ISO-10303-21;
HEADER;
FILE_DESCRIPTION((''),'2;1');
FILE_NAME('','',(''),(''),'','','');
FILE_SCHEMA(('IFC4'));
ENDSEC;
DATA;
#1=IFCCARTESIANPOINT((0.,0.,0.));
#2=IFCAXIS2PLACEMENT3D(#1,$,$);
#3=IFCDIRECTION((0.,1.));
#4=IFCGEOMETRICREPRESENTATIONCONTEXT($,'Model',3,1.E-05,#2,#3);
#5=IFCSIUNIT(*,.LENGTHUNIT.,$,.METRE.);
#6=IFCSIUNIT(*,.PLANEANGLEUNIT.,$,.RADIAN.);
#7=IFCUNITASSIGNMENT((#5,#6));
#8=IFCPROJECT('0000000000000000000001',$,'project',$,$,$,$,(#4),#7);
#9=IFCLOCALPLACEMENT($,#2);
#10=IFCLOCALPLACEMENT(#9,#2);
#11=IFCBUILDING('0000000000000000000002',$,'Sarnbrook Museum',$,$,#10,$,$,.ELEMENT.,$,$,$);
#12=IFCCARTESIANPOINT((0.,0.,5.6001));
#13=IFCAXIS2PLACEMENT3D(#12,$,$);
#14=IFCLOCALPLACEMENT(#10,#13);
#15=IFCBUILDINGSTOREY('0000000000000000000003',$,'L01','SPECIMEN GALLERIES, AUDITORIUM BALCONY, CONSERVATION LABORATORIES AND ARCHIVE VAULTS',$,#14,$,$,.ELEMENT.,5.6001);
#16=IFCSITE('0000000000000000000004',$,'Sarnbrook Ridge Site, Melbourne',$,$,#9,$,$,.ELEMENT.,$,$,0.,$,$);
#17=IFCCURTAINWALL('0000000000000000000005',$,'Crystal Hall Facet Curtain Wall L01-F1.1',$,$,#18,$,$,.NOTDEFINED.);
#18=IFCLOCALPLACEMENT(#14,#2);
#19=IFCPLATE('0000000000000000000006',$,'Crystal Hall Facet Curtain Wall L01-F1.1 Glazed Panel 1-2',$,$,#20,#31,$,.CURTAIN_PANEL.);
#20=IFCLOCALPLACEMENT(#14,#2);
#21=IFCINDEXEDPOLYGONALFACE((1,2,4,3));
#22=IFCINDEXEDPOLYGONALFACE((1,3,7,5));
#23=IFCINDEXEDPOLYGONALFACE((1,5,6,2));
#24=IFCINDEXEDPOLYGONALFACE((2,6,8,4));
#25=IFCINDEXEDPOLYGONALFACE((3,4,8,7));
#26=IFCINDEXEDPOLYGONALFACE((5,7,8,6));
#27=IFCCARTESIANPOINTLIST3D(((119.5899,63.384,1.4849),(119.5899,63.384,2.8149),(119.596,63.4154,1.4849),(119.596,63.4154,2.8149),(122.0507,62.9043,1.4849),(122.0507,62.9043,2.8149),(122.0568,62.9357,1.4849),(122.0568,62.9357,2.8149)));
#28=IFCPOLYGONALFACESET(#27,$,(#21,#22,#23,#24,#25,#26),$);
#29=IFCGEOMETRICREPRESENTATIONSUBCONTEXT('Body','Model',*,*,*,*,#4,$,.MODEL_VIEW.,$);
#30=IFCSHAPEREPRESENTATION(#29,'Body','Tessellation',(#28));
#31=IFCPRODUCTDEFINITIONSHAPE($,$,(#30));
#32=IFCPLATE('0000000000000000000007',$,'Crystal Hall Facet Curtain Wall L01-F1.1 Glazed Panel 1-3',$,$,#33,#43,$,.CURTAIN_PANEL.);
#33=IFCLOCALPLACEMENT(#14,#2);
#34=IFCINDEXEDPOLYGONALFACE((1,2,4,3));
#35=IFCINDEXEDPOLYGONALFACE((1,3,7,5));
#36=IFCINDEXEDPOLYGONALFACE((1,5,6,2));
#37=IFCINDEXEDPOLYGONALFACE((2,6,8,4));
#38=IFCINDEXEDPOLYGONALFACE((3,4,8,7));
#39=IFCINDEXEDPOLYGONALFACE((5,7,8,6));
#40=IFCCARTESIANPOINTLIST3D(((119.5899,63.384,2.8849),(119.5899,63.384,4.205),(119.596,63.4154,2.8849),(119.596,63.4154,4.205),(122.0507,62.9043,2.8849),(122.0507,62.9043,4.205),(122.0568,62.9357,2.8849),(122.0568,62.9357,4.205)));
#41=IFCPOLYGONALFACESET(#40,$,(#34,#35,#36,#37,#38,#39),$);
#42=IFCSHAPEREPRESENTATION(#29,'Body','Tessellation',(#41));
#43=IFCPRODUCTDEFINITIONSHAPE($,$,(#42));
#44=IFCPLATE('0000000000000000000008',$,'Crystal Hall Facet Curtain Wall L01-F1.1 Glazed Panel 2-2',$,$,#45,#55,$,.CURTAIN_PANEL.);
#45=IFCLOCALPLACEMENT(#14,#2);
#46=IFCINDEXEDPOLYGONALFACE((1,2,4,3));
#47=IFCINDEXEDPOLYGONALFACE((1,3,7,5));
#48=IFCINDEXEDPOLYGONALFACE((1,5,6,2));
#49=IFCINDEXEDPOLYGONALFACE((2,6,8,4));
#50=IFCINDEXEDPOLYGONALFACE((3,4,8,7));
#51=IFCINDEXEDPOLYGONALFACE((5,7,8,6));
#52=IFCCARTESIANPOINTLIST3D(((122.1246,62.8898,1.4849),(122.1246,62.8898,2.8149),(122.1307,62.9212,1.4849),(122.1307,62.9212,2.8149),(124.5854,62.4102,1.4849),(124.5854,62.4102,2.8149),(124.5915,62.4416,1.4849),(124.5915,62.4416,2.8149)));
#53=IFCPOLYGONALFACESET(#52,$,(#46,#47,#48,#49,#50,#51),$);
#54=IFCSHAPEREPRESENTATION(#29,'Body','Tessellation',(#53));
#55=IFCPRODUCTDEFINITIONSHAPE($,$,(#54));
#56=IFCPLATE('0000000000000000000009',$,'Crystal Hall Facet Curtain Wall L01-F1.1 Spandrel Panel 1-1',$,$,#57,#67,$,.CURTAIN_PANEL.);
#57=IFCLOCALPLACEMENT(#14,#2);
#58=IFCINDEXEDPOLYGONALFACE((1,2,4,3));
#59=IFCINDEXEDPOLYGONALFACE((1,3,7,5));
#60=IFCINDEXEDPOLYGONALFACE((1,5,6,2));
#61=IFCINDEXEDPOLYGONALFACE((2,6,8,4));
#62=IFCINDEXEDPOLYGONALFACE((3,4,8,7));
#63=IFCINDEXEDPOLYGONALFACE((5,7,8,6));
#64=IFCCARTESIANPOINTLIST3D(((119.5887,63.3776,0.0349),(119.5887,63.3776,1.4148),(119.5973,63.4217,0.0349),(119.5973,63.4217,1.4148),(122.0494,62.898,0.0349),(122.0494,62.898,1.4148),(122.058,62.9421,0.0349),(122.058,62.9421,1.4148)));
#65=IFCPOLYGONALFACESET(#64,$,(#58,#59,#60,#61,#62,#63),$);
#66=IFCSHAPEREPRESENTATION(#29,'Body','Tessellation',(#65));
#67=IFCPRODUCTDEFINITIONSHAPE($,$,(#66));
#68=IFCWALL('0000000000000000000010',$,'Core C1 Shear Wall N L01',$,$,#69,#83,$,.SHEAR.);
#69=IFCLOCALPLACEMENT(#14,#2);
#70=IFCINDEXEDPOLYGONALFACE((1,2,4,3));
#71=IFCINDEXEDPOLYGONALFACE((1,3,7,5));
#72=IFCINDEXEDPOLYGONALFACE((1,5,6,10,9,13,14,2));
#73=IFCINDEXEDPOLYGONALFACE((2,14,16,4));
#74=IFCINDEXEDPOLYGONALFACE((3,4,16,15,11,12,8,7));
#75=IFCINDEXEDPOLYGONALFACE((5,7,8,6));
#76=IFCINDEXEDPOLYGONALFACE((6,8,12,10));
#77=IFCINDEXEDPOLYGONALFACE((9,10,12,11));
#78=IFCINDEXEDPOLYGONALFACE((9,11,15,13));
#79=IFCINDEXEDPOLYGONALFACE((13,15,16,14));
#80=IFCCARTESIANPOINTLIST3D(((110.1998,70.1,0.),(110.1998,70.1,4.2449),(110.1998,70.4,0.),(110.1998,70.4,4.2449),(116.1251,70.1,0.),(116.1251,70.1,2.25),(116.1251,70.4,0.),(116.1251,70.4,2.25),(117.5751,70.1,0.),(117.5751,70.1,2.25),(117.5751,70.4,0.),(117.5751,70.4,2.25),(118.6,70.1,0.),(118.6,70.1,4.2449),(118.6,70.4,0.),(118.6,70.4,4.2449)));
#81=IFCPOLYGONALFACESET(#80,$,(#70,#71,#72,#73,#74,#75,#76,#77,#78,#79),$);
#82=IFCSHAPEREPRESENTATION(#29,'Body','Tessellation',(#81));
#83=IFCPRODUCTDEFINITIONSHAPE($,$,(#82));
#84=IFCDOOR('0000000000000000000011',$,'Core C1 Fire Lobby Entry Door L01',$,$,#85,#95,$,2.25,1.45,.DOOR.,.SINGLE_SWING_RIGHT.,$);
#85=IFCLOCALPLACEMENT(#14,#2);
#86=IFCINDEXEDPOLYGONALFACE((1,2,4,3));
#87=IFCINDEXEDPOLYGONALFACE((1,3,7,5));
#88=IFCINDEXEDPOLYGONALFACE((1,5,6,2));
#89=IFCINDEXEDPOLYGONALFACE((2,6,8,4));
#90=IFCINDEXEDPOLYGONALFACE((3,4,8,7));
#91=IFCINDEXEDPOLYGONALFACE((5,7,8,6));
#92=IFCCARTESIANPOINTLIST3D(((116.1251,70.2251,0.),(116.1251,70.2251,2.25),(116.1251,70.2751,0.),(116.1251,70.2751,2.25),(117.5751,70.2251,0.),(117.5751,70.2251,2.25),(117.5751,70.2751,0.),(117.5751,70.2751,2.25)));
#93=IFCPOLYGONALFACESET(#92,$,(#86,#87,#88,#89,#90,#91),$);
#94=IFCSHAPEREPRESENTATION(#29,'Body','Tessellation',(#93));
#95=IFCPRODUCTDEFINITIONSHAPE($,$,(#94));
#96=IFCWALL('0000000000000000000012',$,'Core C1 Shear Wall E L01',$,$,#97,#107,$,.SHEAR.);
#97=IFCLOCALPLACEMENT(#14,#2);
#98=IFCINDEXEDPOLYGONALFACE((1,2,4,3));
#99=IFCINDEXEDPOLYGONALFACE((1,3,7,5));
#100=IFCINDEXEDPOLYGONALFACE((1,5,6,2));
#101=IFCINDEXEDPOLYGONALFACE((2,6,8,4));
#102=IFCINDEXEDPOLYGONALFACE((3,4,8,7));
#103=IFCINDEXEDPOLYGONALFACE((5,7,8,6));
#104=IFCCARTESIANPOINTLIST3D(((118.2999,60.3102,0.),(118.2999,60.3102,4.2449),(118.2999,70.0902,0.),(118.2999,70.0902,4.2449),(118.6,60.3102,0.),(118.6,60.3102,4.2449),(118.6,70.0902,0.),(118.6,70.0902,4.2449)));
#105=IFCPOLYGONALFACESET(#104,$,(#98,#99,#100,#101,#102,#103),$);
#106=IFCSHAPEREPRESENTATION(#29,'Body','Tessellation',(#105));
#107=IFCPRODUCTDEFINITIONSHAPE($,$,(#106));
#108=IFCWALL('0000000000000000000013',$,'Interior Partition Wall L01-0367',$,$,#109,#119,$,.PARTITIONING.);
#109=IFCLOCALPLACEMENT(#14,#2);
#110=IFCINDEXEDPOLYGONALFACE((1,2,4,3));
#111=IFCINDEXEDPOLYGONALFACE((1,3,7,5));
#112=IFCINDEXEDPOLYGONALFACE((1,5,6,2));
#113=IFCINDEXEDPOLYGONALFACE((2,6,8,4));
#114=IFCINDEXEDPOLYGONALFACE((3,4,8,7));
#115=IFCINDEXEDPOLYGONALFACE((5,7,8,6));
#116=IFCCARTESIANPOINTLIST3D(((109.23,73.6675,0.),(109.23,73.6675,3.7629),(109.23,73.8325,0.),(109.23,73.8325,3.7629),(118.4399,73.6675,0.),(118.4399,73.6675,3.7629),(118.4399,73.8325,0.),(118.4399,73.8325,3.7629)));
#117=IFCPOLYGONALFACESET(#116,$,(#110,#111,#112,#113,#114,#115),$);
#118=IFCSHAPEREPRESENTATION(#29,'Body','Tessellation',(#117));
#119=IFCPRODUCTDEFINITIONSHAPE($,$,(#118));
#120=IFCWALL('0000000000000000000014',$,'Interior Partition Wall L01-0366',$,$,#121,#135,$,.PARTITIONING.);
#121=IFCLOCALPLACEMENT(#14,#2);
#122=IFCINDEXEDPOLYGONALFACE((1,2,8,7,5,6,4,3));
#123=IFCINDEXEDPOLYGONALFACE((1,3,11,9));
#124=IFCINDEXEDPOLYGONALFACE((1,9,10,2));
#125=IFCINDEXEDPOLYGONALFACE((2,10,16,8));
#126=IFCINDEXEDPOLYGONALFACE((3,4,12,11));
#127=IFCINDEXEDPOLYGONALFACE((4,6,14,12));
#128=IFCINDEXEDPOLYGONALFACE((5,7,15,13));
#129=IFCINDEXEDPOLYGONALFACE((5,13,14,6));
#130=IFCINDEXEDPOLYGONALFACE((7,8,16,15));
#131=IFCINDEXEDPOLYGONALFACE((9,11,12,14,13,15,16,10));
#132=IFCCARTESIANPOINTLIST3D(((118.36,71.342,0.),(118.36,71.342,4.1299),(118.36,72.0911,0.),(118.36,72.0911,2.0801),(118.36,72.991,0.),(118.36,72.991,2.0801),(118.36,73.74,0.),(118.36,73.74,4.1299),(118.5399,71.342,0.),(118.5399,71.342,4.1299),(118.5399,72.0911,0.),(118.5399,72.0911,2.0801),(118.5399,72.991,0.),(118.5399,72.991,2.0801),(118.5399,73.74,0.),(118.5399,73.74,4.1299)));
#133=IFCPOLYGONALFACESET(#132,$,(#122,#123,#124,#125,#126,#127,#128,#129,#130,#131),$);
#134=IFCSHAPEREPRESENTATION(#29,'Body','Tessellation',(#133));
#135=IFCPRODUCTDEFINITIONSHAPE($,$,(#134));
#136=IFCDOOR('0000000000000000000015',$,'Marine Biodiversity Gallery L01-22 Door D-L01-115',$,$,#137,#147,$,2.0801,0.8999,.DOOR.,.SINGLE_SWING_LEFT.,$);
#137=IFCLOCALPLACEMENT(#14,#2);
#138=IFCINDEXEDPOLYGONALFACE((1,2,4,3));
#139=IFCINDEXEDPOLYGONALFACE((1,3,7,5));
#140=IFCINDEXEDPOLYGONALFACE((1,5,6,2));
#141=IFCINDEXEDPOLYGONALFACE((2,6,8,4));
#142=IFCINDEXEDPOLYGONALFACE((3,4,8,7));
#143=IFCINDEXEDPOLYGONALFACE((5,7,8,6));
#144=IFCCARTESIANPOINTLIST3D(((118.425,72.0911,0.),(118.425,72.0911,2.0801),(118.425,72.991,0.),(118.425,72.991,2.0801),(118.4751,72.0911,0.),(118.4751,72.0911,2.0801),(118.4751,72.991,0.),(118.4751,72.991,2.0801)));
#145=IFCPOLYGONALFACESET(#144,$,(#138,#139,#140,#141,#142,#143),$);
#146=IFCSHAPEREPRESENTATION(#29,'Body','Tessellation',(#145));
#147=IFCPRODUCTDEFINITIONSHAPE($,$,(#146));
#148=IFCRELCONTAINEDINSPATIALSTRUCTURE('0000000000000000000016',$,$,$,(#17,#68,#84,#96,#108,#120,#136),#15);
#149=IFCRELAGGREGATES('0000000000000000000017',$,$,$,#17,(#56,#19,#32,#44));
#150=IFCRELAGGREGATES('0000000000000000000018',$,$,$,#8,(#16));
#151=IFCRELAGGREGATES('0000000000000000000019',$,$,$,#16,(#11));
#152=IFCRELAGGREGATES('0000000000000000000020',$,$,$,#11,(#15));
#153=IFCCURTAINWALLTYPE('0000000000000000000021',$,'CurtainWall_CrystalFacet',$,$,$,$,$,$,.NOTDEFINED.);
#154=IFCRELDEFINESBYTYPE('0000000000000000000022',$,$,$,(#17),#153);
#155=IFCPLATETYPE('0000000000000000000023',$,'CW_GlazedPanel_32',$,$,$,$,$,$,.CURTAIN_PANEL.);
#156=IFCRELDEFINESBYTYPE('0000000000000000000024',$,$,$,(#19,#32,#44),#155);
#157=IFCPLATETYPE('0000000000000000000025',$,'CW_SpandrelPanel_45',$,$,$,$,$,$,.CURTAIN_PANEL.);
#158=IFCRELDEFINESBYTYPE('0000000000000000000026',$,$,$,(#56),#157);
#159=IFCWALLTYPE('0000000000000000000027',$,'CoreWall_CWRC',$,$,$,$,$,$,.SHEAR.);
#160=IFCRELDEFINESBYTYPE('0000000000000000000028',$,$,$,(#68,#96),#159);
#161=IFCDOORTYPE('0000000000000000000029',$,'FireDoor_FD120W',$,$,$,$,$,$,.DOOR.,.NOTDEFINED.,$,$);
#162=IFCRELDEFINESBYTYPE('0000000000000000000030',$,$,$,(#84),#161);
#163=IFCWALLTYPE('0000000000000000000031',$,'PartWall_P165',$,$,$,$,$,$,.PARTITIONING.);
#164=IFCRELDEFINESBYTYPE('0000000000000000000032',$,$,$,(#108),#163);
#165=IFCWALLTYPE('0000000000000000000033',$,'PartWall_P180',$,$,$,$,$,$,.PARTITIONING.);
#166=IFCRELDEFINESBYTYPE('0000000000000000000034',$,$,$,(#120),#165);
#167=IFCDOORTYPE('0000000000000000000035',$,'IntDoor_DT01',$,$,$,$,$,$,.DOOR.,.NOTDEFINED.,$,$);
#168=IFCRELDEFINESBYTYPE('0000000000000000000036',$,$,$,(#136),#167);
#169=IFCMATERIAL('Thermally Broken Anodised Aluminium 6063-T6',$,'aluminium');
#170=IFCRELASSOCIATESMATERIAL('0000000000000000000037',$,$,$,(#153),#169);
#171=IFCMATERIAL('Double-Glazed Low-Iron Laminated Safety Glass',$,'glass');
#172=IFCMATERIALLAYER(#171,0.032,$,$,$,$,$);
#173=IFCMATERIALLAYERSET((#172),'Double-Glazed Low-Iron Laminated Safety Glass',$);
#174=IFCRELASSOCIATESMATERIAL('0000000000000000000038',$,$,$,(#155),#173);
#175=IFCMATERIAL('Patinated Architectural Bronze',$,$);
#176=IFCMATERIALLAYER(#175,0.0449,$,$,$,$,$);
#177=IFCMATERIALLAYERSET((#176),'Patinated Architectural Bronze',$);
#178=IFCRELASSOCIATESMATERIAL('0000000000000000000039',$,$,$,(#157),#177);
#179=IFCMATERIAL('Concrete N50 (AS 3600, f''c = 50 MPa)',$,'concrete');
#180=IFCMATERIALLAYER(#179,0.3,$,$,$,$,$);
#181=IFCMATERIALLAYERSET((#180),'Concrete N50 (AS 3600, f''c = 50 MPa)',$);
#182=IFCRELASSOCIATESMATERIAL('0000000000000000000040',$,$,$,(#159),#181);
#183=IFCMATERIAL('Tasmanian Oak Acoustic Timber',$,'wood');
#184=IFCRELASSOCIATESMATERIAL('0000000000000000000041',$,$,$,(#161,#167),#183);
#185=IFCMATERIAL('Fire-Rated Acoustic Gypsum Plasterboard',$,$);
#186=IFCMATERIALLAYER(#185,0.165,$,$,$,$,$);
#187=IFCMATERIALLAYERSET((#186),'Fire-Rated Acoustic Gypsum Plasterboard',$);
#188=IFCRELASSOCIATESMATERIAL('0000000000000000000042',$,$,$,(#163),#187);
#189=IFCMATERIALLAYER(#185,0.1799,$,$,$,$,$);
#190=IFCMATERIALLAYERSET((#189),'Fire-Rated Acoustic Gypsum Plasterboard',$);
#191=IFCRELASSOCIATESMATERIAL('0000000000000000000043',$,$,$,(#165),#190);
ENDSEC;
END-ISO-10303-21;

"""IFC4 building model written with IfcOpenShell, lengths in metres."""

from ifc_helpers import new_model, si_unit, direction, frame, frame_2d, origin, origin_2d, place, context, subcontext, project, spatial, rectangle, extrude, material, layer, layer_set, type_object, element, fill, aggregate, save


model = new_model("IFC4")

# Units and contexts
model_context = context("Model", 3, precision=1e-05, world=origin(), true_north=direction((0.0, 1.0)))
body_context = subcontext(model_context, "Body", "Model", "MODEL_VIEW")
ifc_project = project(units=[si_unit("LENGTHUNIT", "METRE"), si_unit("PLANEANGLEUNIT", "RADIAN")], contexts=[model_context])

# Site, building, storey
site_placement = place(None, origin())
site = spatial("IfcSite", under=ifc_project, at=site_placement, Name="Sarnbrook Ridge Site, Melbourne", CompositionType="ELEMENT", RefElevation=0.0)
building_placement = place(site_placement, origin())
building = spatial("IfcBuilding", under=site, at=building_placement, Name="Sarnbrook Museum", CompositionType="ELEMENT")
storey_placement = place(building_placement, frame((0.0, 0.0, 5.6001)))
storey = spatial("IfcBuildingStorey", under=building, at=storey_placement, Name="L01", Description="SPECIMEN GALLERIES, AUDITORIUM BALCONY, CONSERVATION LABORATORIES AND ARCHIVE VAULTS", CompositionType="ELEMENT", Elevation=5.6001)

# Curtain wall
ifc_material_1 = material(Name="Thermally Broken Anodised Aluminium 6063-T6", Category="aluminium")
curtain_wall_type = type_object("IfcCurtainWallType", Name="CurtainWall_CrystalFacet", PredefinedType="NOTDEFINED", material=ifc_material_1)
curtain_wall_placement = place(storey_placement, origin())
curtain_wall = element("IfcCurtainWall", 1, at=curtain_wall_placement, inside=storey, type_object=curtain_wall_type, Name="Crystal Hall Facet Curtain Wall L01-F1.1", PredefinedType="NOTDEFINED")

# Plates
ifc_material_2 = material(Name="Double-Glazed Low-Iron Laminated Safety Glass", Category="glass")
ifc_layer_1 = layer(ifc_material_2, 0.032)
ifc_layer_set_1 = layer_set([ifc_layer_1], Name="Double-Glazed Low-Iron Laminated Safety Glass")
plate_type_1 = type_object("IfcPlateType", Name="CW_GlazedPanel_32", PredefinedType="CURTAIN_PANEL", material=ifc_layer_set_1)
plate_1_placement = place(storey_placement, frame((120.8264, 63.1755, 2.1499), z_axis=(-0.191317, -0.981528, 0.0), x_axis=(0.981528, -0.191317, 0.0)))
plate_1 = element("IfcPlate", 2, at=plate_1_placement, type_object=plate_type_1, Name="Crystal Hall Facet Curtain Wall L01-F1.1 Glazed Panel 1-2", PredefinedType="CURTAIN_PANEL", context=body_context, shape_type="SweptSolid", body=[
    extrude(rectangle(XDim=2.5071, YDim=1.3301, at=origin_2d()), origin(), (0.0, 0.0, 1.0), 0.032),
])
plate_2_placement = place(storey_placement, frame((120.8264, 63.1755, 3.5449), z_axis=(-0.191317, -0.981528, 0.0), x_axis=(0.981528, -0.191317, 0.0)))
plate_2 = element("IfcPlate", 3, at=plate_2_placement, type_object=plate_type_1, Name="Crystal Hall Facet Curtain Wall L01-F1.1 Glazed Panel 1-3", PredefinedType="CURTAIN_PANEL", context=body_context, shape_type="SweptSolid", body=[
    extrude(rectangle(XDim=2.5071, YDim=1.3201, at=origin_2d()), origin(), (0.0, 0.0, 1.0), 0.032),
])
plate_3_placement = place(storey_placement, frame((123.3611, 62.6814, 2.1499), z_axis=(-0.191317, -0.981528, 0.0), x_axis=(0.981528, -0.191317, 0.0)))
plate_3 = element("IfcPlate", 4, at=plate_3_placement, type_object=plate_type_1, Name="Crystal Hall Facet Curtain Wall L01-F1.1 Glazed Panel 2-2", PredefinedType="CURTAIN_PANEL", context=body_context, shape_type="SweptSolid", body=[
    extrude(rectangle(XDim=2.5071, YDim=1.3301, at=origin_2d()), origin(), (0.0, 0.0, 1.0), 0.032),
])
ifc_material_3 = material(Name="Patinated Architectural Bronze")
ifc_layer_2 = layer(ifc_material_3, 0.0449)
ifc_layer_set_2 = layer_set([ifc_layer_2], Name="Patinated Architectural Bronze")
plate_type_2 = type_object("IfcPlateType", Name="CW_SpandrelPanel_45", PredefinedType="CURTAIN_PANEL", material=ifc_layer_set_2)
plate_4_placement = place(storey_placement, frame((120.8276, 63.1819, 0.7249), z_axis=(-0.191317, -0.981528, 0.0), x_axis=(0.981528, -0.191317, 0.0)))
plate_4 = element("IfcPlate", 5, at=plate_4_placement, type_object=plate_type_2, Name="Crystal Hall Facet Curtain Wall L01-F1.1 Spandrel Panel 1-1", PredefinedType="CURTAIN_PANEL", context=body_context, shape_type="SweptSolid", body=[
    extrude(rectangle(XDim=2.5071, YDim=1.3799, at=origin_2d()), origin(), (0.0, 0.0, 1.0), 0.0449),
])
aggregate(curtain_wall, [plate_4, plate_1, plate_2, plate_3])

# Wall, opening, door
ifc_material_4 = material(Name="Concrete N50 (AS 3600, f'c = 50 MPa)", Category="concrete")
ifc_layer_3 = layer(ifc_material_4, 0.3)
ifc_layer_set_3 = layer_set([ifc_layer_3], Name="Concrete N50 (AS 3600, f'c = 50 MPa)")
wall_type_1 = type_object("IfcWallType", Name="CoreWall_CWRC", PredefinedType="SHEAR", material=ifc_layer_set_3)
wall_1_placement = place(storey_placement, frame((118.6001, 70.25, 0.0), z_axis=(0.0, 0.0, 1.0), x_axis=(-1.0, 0.0, 0.0)))
wall_1 = element("IfcWall", 6, at=wall_1_placement, inside=storey, type_object=wall_type_1, Name="Core C1 Shear Wall N L01", PredefinedType="SHEAR", context=body_context, shape_type="SweptSolid", body=[
    extrude(rectangle(XDim=8.4001, YDim=0.3, at=frame_2d((4.2002, 0.0))), origin(), (0.0, 0.0, 1.0), 4.2449),
])
opening_1_placement = place(wall_1_placement, frame((1.0249, 0.0, 0.0)))
opening_1 = element("IfcOpeningElement", 7, at=opening_1_placement, cuts=wall_1, PredefinedType="OPENING", context=body_context, shape_type="SweptSolid", body=[
    extrude(rectangle(XDim=1.45, YDim=2.25, at=frame_2d((0.7251, 1.125))), frame((0.0, 0.1602, 0.0), z_axis=(0.0, -1.0, 0.0), x_axis=(1.0, 0.0, 0.0)), (0.0, 0.0, 1.0), 0.3201),
])
ifc_material_5 = material(Name="Tasmanian Oak Acoustic Timber", Category="wood")
door_type_1 = type_object("IfcDoorType", Name="FireDoor_FD120W", OperationType="NOTDEFINED", PredefinedType="DOOR", material=ifc_material_5)
door_1_placement = place(opening_1_placement, origin())
door_1 = element("IfcDoor", 8, at=door_1_placement, inside=storey, type_object=door_type_1, Name="Core C1 Fire Lobby Entry Door L01", OperationType="SINGLE_SWING_RIGHT", OverallHeight=2.25, OverallWidth=1.45, PredefinedType="DOOR", context=body_context, shape_type="SweptSolid", body=[
    extrude(rectangle(XDim=1.45, YDim=2.25, at=frame_2d((0.7251, 1.125))), frame((0.0, 0.0249, 0.0), z_axis=(0.0, -1.0, 0.0), x_axis=(1.0, 0.0, 0.0)), (0.0, 0.0, 1.0), 0.05),
])
fill(opening_1, door_1)

# Walls
wall_2_placement = place(storey_placement, frame((118.45, 60.3101, 0.0), z_axis=(0.0, 0.0, 1.0), x_axis=(0.0, 1.0, 0.0)))
element("IfcWall", 9, at=wall_2_placement, inside=storey, type_object=wall_type_1, Name="Core C1 Shear Wall E L01", PredefinedType="SHEAR", context=body_context, shape_type="SweptSolid", body=[
    extrude(rectangle(XDim=9.78, YDim=0.3, at=frame_2d((4.8901, 0.0))), origin(), (0.0, 0.0, 1.0), 4.2449),
])
ifc_material_6 = material(Name="Fire-Rated Acoustic Gypsum Plasterboard")
ifc_layer_4 = layer(ifc_material_6, 0.165)
ifc_layer_set_4 = layer_set([ifc_layer_4], Name="Fire-Rated Acoustic Gypsum Plasterboard")
wall_type_2 = type_object("IfcWallType", Name="PartWall_P165", PredefinedType="PARTITIONING", material=ifc_layer_set_4)
wall_3_placement = place(storey_placement, frame((118.4399, 73.75, 0.0), z_axis=(0.0, 0.0, 1.0), x_axis=(-1.0, 0.0, 0.0)))
element("IfcWall", 10, at=wall_3_placement, inside=storey, type_object=wall_type_2, Name="Interior Partition Wall L01-0367", PredefinedType="PARTITIONING", context=body_context, shape_type="SweptSolid", body=[
    extrude(rectangle(XDim=9.21, YDim=0.165, at=frame_2d((4.605, 0.0))), origin(), (0.0, 0.0, 1.0), 3.7629),
])

# Wall, opening, door
ifc_layer_5 = layer(ifc_material_6, 0.1799)
ifc_layer_set_5 = layer_set([ifc_layer_5], Name="Fire-Rated Acoustic Gypsum Plasterboard")
wall_type_3 = type_object("IfcWallType", Name="PartWall_P180", PredefinedType="PARTITIONING", material=ifc_layer_set_5)
wall_4_placement = place(storey_placement, frame((118.45, 71.342, 0.0), z_axis=(0.0, 0.0, 1.0), x_axis=(0.0, 1.0, 0.0)))
wall_4 = element("IfcWall", 11, at=wall_4_placement, inside=storey, type_object=wall_type_3, Name="Interior Partition Wall L01-0366", PredefinedType="PARTITIONING", context=body_context, shape_type="SweptSolid", body=[
    extrude(rectangle(XDim=2.3979, YDim=0.1799, at=frame_2d((1.199, 0.0))), origin(), (0.0, 0.0, 1.0), 4.1299),
])
opening_2_placement = place(wall_4_placement, frame((0.749, 0.0, 0.0)))
opening_2 = element("IfcOpeningElement", 12, at=opening_2_placement, cuts=wall_4, PredefinedType="OPENING", context=body_context, shape_type="SweptSolid", body=[
    extrude(rectangle(XDim=0.8999, YDim=2.0801, at=frame_2d((0.45, 1.04))), frame((0.0, 0.1001, 0.0), z_axis=(0.0, -1.0, 0.0), x_axis=(1.0, 0.0, 0.0)), (0.0, 0.0, 1.0), 0.2),
])
door_type_2 = type_object("IfcDoorType", Name="IntDoor_DT01", OperationType="NOTDEFINED", PredefinedType="DOOR", material=ifc_material_5)
door_2_placement = place(opening_2_placement, origin())
door_2 = element("IfcDoor", 13, at=door_2_placement, inside=storey, type_object=door_type_2, Name="Marine Biodiversity Gallery L01-22 Door D-L01-115", OperationType="SINGLE_SWING_LEFT", OverallHeight=2.0801, OverallWidth=0.8999, PredefinedType="DOOR", context=body_context, shape_type="SweptSolid", body=[
    extrude(rectangle(XDim=0.8999, YDim=2.0801, at=frame_2d((0.45, 1.04))), frame((0.0, 0.0249, 0.0), z_axis=(0.0, -1.0, 0.0), x_axis=(1.0, 0.0, 0.0)), (0.0, 0.0, 1.0), 0.05),
])
fill(opening_2, door_2)

save(model, "model.ifc")
